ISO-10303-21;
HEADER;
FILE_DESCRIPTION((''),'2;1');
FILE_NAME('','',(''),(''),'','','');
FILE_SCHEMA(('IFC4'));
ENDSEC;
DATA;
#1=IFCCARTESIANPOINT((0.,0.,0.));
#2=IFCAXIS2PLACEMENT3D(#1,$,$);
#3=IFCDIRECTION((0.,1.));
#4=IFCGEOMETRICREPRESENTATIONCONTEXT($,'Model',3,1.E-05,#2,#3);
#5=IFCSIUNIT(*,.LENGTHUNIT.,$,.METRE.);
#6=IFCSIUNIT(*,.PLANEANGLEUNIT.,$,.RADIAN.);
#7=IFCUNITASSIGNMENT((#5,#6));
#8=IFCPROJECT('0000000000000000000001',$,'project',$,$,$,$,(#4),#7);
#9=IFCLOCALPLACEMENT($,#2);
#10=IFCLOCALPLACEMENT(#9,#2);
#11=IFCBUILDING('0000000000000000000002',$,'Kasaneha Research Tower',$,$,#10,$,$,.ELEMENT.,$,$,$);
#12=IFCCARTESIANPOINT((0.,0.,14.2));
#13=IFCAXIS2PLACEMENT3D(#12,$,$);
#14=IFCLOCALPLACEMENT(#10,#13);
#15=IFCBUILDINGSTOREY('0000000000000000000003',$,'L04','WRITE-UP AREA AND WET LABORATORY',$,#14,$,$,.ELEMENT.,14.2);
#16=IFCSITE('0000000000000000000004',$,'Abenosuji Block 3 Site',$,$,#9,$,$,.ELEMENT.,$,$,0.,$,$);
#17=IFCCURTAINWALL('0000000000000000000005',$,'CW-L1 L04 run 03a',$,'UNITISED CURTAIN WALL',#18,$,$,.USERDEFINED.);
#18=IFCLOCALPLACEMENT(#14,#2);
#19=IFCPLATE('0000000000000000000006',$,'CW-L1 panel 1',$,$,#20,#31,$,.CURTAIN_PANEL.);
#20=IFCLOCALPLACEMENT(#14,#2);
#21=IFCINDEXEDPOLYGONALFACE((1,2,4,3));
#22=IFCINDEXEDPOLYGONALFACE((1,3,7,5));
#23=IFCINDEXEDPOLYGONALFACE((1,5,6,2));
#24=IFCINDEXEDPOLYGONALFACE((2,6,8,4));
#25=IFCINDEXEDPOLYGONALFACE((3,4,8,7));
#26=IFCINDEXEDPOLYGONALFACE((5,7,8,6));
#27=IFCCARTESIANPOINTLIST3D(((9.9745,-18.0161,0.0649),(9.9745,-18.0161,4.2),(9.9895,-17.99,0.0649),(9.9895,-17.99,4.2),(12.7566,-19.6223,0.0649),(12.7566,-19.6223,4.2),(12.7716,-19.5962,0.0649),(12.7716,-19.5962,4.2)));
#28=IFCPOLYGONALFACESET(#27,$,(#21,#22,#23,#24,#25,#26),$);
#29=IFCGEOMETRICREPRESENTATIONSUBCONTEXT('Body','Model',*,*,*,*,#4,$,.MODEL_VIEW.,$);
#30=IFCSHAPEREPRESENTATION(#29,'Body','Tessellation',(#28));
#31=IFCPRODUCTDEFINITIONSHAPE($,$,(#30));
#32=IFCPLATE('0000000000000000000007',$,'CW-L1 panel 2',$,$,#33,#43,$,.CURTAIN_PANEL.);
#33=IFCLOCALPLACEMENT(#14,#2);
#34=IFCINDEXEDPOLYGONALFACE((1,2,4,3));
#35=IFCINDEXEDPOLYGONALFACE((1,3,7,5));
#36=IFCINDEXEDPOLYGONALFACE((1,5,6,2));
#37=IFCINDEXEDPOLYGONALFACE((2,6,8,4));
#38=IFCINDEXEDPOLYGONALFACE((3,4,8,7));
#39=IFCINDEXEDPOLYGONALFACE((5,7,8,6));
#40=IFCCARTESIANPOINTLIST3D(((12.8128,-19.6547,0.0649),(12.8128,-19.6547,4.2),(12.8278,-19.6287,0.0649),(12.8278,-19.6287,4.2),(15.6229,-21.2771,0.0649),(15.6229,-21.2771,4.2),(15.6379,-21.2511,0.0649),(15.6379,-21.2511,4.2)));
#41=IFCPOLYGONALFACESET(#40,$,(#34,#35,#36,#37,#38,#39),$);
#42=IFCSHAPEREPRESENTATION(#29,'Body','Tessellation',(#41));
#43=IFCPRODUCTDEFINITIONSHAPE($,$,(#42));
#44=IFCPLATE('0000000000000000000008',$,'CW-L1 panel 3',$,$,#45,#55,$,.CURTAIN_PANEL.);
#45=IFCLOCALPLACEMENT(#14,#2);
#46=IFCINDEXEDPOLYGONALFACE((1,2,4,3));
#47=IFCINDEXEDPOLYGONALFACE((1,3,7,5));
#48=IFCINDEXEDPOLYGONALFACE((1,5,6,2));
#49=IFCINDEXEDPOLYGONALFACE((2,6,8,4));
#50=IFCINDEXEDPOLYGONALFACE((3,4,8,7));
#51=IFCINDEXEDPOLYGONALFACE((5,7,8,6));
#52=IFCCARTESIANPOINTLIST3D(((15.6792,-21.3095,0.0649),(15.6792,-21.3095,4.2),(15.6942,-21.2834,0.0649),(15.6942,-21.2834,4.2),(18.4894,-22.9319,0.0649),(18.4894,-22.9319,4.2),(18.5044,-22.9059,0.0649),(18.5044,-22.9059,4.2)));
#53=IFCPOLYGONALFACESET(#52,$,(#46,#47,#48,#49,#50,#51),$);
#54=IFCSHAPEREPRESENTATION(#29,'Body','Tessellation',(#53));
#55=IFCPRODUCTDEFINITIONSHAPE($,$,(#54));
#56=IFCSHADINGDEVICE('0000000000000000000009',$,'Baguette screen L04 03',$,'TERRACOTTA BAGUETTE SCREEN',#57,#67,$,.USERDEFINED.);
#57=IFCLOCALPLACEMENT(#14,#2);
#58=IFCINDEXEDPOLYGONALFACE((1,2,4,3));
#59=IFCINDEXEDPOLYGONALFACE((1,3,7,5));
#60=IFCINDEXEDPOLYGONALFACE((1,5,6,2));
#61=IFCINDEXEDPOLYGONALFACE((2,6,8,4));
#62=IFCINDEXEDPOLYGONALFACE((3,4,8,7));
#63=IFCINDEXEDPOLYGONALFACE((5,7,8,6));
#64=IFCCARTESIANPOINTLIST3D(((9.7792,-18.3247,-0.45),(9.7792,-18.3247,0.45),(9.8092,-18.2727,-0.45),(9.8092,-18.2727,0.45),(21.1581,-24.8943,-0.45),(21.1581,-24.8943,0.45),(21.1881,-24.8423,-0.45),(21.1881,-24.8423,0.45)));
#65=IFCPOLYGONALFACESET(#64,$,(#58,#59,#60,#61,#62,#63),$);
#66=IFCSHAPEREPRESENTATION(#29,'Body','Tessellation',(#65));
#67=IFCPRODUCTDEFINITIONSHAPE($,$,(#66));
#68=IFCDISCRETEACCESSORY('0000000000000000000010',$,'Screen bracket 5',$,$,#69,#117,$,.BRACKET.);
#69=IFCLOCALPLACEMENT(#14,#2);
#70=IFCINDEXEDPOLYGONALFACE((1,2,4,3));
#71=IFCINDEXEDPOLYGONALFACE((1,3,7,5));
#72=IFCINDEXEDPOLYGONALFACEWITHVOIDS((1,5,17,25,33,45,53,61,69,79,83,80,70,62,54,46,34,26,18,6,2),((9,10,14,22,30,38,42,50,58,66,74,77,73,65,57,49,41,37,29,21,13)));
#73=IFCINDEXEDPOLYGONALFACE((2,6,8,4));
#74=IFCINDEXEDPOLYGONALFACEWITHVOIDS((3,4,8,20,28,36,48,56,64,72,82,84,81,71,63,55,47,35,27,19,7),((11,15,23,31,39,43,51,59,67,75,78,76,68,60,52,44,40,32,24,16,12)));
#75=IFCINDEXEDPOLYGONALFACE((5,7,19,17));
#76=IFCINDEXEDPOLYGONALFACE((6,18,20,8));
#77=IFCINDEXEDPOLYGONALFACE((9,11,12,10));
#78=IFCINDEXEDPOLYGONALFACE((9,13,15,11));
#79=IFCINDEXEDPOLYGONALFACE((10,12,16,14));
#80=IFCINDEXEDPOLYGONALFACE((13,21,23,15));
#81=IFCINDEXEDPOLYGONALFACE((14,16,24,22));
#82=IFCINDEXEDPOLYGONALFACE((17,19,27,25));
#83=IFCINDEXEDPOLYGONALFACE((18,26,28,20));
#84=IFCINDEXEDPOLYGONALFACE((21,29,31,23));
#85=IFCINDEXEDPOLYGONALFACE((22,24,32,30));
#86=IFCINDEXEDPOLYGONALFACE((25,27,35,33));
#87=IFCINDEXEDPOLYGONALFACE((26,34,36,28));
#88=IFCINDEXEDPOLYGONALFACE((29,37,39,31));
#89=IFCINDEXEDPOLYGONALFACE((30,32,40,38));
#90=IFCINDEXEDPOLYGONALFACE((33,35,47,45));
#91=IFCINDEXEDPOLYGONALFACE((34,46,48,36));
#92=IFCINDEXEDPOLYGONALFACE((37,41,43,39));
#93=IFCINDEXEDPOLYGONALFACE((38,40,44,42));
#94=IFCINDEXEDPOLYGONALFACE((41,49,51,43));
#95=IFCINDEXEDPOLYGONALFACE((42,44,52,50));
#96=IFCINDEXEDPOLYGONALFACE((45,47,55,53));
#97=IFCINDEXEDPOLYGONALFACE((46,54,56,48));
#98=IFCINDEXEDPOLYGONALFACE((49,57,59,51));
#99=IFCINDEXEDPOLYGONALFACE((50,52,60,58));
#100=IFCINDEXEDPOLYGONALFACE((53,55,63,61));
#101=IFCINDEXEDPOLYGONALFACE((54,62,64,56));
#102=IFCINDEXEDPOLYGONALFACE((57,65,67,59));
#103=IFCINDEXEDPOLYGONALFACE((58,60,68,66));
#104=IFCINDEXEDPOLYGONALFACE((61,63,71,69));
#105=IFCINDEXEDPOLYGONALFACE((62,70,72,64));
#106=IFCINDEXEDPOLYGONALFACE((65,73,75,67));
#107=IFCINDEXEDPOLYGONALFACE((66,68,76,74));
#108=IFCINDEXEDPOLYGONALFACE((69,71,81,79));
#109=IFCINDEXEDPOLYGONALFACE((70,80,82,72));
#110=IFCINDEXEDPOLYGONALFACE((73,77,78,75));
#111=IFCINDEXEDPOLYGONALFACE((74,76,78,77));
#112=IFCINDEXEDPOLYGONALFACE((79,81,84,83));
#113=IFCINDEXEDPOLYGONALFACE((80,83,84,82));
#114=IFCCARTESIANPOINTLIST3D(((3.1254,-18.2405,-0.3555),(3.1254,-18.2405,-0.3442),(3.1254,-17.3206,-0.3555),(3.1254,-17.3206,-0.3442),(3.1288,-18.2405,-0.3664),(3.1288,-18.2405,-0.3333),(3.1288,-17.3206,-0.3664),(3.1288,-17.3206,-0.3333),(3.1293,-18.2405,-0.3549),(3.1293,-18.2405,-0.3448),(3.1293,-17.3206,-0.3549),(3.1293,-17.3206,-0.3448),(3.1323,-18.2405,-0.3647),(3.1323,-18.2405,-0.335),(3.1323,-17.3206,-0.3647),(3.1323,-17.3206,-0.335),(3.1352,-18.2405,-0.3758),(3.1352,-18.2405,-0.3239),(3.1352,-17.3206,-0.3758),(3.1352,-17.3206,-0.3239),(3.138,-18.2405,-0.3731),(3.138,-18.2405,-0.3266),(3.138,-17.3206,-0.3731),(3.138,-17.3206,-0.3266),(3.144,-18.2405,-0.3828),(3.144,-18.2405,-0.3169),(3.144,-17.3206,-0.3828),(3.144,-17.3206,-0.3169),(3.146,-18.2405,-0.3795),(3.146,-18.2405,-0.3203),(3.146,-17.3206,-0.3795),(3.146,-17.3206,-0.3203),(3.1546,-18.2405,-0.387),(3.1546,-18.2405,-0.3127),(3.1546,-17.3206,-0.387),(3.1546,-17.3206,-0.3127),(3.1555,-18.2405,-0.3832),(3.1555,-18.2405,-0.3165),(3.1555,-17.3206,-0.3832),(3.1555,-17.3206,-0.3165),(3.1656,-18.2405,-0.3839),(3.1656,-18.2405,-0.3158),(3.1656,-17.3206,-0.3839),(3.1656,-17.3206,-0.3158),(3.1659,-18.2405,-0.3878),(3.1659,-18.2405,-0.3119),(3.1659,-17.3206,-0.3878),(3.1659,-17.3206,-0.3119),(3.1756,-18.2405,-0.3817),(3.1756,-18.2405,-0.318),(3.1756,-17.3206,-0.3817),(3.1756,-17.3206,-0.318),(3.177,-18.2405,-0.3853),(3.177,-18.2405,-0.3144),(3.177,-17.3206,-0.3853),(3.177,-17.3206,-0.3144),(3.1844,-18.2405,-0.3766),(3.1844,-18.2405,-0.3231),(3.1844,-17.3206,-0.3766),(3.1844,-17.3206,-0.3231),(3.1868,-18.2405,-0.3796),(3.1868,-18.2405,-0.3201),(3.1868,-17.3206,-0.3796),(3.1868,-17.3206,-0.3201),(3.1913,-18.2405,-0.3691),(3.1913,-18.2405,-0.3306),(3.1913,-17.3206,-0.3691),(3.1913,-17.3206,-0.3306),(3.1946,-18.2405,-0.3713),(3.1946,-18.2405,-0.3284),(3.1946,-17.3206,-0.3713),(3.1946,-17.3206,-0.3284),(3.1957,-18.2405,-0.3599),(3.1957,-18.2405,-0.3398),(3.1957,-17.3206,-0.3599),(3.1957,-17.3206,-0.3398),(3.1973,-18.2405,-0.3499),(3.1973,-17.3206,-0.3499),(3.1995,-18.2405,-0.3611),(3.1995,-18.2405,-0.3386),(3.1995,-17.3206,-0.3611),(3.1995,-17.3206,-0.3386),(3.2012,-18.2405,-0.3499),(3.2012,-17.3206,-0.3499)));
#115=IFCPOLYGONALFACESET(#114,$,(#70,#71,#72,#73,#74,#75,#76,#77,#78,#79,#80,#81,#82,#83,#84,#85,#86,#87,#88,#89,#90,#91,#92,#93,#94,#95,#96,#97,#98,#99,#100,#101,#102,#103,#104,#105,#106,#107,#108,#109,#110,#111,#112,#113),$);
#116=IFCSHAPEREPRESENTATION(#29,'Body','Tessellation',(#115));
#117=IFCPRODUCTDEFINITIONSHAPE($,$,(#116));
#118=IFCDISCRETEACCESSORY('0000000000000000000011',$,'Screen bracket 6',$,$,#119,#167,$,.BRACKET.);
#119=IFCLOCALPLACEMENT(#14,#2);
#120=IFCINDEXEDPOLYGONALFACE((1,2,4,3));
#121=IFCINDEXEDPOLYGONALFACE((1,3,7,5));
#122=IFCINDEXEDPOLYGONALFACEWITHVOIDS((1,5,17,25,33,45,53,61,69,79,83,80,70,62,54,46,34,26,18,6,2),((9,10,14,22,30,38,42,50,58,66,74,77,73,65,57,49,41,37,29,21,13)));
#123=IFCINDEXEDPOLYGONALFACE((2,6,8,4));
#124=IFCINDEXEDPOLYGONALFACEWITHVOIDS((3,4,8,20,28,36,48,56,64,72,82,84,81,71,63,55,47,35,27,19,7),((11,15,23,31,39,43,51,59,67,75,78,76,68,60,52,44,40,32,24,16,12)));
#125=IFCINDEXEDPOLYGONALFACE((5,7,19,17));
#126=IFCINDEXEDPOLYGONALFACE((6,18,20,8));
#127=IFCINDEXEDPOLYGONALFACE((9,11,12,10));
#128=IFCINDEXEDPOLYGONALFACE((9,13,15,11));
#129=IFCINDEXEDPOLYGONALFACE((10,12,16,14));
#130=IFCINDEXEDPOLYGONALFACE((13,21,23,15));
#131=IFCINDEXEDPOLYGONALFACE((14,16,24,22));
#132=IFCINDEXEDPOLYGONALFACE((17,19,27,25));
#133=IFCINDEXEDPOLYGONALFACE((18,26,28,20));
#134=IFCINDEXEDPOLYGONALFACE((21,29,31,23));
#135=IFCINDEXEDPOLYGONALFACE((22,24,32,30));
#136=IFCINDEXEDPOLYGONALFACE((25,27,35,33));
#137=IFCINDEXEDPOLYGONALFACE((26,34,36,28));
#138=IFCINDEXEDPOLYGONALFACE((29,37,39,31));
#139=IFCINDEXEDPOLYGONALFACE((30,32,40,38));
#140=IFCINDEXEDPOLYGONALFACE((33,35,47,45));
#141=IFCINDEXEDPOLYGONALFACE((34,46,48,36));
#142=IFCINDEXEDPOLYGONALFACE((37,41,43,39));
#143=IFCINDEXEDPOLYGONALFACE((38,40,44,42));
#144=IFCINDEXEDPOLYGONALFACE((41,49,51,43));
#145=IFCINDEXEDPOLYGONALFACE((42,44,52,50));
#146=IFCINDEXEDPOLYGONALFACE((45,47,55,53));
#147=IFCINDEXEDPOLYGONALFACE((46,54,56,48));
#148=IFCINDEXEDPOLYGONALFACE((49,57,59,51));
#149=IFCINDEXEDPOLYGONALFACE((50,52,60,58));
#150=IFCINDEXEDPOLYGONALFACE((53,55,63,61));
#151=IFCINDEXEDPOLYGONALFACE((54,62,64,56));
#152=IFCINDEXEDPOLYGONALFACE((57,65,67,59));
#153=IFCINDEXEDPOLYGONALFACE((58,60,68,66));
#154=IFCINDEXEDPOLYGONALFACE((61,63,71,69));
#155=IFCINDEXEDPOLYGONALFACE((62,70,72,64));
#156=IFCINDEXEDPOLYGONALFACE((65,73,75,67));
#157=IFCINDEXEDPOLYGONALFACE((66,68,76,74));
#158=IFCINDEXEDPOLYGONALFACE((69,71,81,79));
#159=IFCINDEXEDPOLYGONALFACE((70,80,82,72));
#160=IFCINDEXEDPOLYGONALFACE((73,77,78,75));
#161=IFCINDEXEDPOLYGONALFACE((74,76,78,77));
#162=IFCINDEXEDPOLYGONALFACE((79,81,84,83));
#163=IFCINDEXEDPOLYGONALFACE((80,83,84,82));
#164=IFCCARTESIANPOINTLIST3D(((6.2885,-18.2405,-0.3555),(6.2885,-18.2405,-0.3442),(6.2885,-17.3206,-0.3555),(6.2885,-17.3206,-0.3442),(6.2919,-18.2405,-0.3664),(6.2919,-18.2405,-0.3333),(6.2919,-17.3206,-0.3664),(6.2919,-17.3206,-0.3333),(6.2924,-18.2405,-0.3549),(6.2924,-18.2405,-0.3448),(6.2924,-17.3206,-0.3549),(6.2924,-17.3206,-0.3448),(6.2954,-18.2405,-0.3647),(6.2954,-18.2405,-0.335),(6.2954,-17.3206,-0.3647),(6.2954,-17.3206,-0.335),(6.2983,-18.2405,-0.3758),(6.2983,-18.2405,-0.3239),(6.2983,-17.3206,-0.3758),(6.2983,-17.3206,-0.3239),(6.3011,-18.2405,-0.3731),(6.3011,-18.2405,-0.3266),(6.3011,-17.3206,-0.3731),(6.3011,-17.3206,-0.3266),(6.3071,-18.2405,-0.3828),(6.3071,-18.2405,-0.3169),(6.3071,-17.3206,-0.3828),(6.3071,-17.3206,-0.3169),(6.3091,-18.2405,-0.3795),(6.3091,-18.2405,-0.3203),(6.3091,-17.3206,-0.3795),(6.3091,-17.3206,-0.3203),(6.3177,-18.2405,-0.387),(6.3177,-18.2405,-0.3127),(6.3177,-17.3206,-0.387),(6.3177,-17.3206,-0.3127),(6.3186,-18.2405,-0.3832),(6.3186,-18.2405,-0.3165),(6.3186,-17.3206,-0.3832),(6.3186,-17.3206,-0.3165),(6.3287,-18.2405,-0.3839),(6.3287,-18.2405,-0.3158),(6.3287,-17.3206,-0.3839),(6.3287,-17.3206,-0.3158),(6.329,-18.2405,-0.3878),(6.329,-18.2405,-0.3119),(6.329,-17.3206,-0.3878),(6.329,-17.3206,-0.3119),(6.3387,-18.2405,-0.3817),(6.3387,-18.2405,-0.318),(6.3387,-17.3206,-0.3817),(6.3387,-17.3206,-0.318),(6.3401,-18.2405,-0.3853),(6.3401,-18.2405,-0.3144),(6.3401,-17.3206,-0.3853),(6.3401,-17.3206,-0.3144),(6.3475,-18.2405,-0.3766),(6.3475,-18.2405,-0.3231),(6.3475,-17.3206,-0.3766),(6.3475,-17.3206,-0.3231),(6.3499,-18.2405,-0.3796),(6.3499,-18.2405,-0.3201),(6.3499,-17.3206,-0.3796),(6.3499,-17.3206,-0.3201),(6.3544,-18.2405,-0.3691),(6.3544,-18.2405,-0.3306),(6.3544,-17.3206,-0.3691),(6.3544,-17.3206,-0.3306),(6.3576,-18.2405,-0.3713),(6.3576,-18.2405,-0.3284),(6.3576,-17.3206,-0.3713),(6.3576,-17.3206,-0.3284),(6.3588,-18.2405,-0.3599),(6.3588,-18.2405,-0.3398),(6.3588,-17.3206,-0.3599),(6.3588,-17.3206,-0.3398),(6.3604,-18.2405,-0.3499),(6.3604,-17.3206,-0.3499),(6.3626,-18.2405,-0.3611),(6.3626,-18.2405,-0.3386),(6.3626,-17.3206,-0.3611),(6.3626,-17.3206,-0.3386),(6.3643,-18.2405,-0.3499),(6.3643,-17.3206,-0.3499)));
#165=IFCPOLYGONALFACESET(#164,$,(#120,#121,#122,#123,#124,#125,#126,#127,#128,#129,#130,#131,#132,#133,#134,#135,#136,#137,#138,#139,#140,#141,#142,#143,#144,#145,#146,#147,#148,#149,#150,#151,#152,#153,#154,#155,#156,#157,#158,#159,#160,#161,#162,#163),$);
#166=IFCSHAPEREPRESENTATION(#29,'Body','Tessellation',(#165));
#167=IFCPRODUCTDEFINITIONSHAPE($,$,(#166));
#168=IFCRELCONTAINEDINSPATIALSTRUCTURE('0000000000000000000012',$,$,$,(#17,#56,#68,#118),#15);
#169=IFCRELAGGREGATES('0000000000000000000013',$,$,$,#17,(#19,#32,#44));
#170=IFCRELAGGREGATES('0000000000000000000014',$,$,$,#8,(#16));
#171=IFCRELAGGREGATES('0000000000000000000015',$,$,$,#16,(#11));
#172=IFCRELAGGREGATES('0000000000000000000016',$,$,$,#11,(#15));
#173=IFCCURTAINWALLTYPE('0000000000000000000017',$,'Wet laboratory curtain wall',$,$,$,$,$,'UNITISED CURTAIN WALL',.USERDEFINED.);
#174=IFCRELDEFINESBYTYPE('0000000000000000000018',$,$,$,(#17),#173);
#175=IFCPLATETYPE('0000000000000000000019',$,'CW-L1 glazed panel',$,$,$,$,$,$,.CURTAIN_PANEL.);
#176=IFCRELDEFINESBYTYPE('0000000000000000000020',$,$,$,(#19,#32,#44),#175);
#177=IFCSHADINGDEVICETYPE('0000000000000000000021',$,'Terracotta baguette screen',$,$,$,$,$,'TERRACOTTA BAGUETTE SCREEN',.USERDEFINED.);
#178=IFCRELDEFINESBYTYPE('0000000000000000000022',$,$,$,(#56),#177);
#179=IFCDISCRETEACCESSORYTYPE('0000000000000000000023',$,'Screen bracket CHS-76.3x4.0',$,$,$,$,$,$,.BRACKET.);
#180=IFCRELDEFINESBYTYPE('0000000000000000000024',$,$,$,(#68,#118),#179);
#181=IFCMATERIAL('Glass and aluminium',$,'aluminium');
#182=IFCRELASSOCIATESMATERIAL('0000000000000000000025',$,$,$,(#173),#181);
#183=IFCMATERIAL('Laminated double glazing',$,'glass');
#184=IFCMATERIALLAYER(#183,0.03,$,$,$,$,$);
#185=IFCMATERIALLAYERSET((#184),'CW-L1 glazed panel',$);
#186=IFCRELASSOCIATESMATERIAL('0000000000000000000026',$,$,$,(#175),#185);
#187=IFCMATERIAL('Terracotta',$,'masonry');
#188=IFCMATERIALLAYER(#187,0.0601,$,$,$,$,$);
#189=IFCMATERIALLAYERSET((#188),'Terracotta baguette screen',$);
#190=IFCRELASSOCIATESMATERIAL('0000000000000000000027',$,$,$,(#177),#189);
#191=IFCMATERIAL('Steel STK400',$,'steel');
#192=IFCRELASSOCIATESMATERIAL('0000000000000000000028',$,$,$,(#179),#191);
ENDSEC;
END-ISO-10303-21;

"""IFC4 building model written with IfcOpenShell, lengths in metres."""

from ifc_helpers import new_model, si_unit, direction, frame, origin, origin_2d, place, context, subcontext, project, spatial, rectangle, hollow_circle, extrude, material, layer, layer_set, material_profile, profile_set, type_object, element, aggregate, save


model = new_model("IFC4")

# Units and contexts
model_context = context("Model", 3, precision=1e-05, world=origin(), true_north=direction((0.0, 1.0)))
body_context = subcontext(model_context, "Body", "Model", "MODEL_VIEW")
ifc_project = project(units=[si_unit("LENGTHUNIT", "METRE"), si_unit("PLANEANGLEUNIT", "RADIAN")], contexts=[model_context])

# Site, building, storey
site_placement = place(None, origin())
site = spatial("IfcSite", under=ifc_project, at=site_placement, Name="Abenosuji Block 3 Site", CompositionType="ELEMENT", RefElevation=0.0)
building_placement = place(site_placement, origin())
building = spatial("IfcBuilding", under=site, at=building_placement, Name="Kasaneha Research Tower", CompositionType="ELEMENT")
storey_placement = place(building_placement, frame((0.0, 0.0, 14.2)))
storey = spatial("IfcBuildingStorey", under=building, at=storey_placement, Name="L04", Description="WRITE-UP AREA AND WET LABORATORY", CompositionType="ELEMENT", Elevation=14.2)

# Curtain wall
ifc_material_1 = material(Name="Glass and aluminium", Category="aluminium")
curtain_wall_type = type_object("IfcCurtainWallType", Name="Wet laboratory curtain wall", ElementType="UNITISED CURTAIN WALL", PredefinedType="USERDEFINED", material=ifc_material_1)
curtain_wall_1_placement = place(storey_placement, origin())
curtain_wall_1 = element("IfcCurtainWall", 1, at=curtain_wall_1_placement, inside=storey, type_object=curtain_wall_type, Name="CW-L1 L04 run 03a", ObjectType="UNITISED CURTAIN WALL", PredefinedType="USERDEFINED")

# Plates
ifc_material_2 = material(Name="Laminated double glazing", Category="glass")
ifc_layer_1 = layer(ifc_material_2, 0.03)
ifc_layer_set_1 = layer_set([ifc_layer_1], Name="CW-L1 glazed panel")
plate_type = type_object("IfcPlateType", Name="CW-L1 glazed panel", PredefinedType="CURTAIN_PANEL", material=ifc_layer_set_1)
plate_1_placement = place(storey_placement, frame((11.373, -18.8062, 0.0649), z_axis=(0.0, 0.0, 1.0), x_axis=(0.866025, -0.5, 0.0)))
plate_1 = element("IfcPlate", 2, at=plate_1_placement, type_object=plate_type, Name="CW-L1 panel 1", PredefinedType="CURTAIN_PANEL", context=body_context, shape_type="SweptSolid", body=[
    extrude(rectangle(XDim=3.2124, YDim=0.03, at=origin_2d()), origin(), (0.0, 0.0, 1.0), 4.135),
])
plate_2_placement = place(storey_placement, frame((14.2253, -20.4529, 0.0649), z_axis=(0.0, 0.0, 1.0), x_axis=(0.866025, -0.5, 0.0)))
plate_2 = element("IfcPlate", 3, at=plate_2_placement, type_object=plate_type, Name="CW-L1 panel 2", PredefinedType="CURTAIN_PANEL", context=body_context, shape_type="SweptSolid", body=[
    extrude(rectangle(XDim=3.2449, YDim=0.03, at=origin_2d()), origin(), (0.0, 0.0, 1.0), 4.135),
])
plate_3_placement = place(storey_placement, frame((17.0918, -22.1077, 0.0649), z_axis=(0.0, 0.0, 1.0), x_axis=(0.866025, -0.5, 0.0)))
plate_3 = element("IfcPlate", 4, at=plate_3_placement, type_object=plate_type, Name="CW-L1 panel 3", PredefinedType="CURTAIN_PANEL", context=body_context, shape_type="SweptSolid", body=[
    extrude(rectangle(XDim=3.2449, YDim=0.03, at=origin_2d()), origin(), (0.0, 0.0, 1.0), 4.135),
])
aggregate(curtain_wall_1, [plate_1, plate_2, plate_3])

# Shading device
ifc_material_3 = material(Name="Terracotta", Category="masonry")
ifc_layer_2 = layer(ifc_material_3, 0.0601)
ifc_layer_set_2 = layer_set([ifc_layer_2], Name="Terracotta baguette screen")
shading_device_type = type_object("IfcShadingDeviceType", Name="Terracotta baguette screen", ElementType="TERRACOTTA BAGUETTE SCREEN", PredefinedType="USERDEFINED", material=ifc_layer_set_2)
shading_device_placement = place(storey_placement, frame((15.4836, -21.5835, -0.45), z_axis=(0.0, 0.0, 1.0), x_axis=(0.866025, -0.5, 0.0)))
element("IfcShadingDevice", 5, at=shading_device_placement, inside=storey, type_object=shading_device_type, Name="Baguette screen L04 03", ObjectType="TERRACOTTA BAGUETTE SCREEN", PredefinedType="USERDEFINED", context=body_context, shape_type="SweptSolid", body=[
    extrude(rectangle(XDim=13.1392, YDim=0.0601, at=origin_2d()), origin(), (0.0, 0.0, 1.0), 0.8999),
])

# Discrete accessories
ifc_material_4 = material(Name="Steel STK400", Category="steel")
ifc_material_profile_1 = material_profile(ifc_material_4, hollow_circle(Radius=0.0381, WallThickness=0.0039, at=origin_2d()), Name="CHS-76.3x4.0")
ifc_profile_set_1 = profile_set([ifc_material_profile_1], Name="Steel STK400")
discrete_accessory_type = type_object("IfcDiscreteAccessoryType", Name="Screen bracket CHS-76.3x4.0", PredefinedType="BRACKET", material=ifc_profile_set_1)
for number, where, z_axis, x_axis, name in (
    (6, (3.1631, -17.3206, -0.3499), (0.0, -1.0, 0.0), (1.0, 0.0, 0.0), "Screen bracket 5"),
    (7, (6.3262, -17.3206, -0.3499), (0.0, -1.0, 0.0), (1.0, 0.0, 0.0), "Screen bracket 6"),
):
    element("IfcDiscreteAccessory", number, at=place(storey_placement, frame(where, z_axis=z_axis, x_axis=x_axis)), inside=storey, type_object=discrete_accessory_type, Name=name, PredefinedType="BRACKET", context=body_context, shape_type="SweptSolid", body=[
        extrude(hollow_circle(Radius=0.0381, WallThickness=0.0039, at=origin_2d()), origin(), (0.0, 0.0, 1.0), 0.9199),
    ])

save(model, "model.ifc")
